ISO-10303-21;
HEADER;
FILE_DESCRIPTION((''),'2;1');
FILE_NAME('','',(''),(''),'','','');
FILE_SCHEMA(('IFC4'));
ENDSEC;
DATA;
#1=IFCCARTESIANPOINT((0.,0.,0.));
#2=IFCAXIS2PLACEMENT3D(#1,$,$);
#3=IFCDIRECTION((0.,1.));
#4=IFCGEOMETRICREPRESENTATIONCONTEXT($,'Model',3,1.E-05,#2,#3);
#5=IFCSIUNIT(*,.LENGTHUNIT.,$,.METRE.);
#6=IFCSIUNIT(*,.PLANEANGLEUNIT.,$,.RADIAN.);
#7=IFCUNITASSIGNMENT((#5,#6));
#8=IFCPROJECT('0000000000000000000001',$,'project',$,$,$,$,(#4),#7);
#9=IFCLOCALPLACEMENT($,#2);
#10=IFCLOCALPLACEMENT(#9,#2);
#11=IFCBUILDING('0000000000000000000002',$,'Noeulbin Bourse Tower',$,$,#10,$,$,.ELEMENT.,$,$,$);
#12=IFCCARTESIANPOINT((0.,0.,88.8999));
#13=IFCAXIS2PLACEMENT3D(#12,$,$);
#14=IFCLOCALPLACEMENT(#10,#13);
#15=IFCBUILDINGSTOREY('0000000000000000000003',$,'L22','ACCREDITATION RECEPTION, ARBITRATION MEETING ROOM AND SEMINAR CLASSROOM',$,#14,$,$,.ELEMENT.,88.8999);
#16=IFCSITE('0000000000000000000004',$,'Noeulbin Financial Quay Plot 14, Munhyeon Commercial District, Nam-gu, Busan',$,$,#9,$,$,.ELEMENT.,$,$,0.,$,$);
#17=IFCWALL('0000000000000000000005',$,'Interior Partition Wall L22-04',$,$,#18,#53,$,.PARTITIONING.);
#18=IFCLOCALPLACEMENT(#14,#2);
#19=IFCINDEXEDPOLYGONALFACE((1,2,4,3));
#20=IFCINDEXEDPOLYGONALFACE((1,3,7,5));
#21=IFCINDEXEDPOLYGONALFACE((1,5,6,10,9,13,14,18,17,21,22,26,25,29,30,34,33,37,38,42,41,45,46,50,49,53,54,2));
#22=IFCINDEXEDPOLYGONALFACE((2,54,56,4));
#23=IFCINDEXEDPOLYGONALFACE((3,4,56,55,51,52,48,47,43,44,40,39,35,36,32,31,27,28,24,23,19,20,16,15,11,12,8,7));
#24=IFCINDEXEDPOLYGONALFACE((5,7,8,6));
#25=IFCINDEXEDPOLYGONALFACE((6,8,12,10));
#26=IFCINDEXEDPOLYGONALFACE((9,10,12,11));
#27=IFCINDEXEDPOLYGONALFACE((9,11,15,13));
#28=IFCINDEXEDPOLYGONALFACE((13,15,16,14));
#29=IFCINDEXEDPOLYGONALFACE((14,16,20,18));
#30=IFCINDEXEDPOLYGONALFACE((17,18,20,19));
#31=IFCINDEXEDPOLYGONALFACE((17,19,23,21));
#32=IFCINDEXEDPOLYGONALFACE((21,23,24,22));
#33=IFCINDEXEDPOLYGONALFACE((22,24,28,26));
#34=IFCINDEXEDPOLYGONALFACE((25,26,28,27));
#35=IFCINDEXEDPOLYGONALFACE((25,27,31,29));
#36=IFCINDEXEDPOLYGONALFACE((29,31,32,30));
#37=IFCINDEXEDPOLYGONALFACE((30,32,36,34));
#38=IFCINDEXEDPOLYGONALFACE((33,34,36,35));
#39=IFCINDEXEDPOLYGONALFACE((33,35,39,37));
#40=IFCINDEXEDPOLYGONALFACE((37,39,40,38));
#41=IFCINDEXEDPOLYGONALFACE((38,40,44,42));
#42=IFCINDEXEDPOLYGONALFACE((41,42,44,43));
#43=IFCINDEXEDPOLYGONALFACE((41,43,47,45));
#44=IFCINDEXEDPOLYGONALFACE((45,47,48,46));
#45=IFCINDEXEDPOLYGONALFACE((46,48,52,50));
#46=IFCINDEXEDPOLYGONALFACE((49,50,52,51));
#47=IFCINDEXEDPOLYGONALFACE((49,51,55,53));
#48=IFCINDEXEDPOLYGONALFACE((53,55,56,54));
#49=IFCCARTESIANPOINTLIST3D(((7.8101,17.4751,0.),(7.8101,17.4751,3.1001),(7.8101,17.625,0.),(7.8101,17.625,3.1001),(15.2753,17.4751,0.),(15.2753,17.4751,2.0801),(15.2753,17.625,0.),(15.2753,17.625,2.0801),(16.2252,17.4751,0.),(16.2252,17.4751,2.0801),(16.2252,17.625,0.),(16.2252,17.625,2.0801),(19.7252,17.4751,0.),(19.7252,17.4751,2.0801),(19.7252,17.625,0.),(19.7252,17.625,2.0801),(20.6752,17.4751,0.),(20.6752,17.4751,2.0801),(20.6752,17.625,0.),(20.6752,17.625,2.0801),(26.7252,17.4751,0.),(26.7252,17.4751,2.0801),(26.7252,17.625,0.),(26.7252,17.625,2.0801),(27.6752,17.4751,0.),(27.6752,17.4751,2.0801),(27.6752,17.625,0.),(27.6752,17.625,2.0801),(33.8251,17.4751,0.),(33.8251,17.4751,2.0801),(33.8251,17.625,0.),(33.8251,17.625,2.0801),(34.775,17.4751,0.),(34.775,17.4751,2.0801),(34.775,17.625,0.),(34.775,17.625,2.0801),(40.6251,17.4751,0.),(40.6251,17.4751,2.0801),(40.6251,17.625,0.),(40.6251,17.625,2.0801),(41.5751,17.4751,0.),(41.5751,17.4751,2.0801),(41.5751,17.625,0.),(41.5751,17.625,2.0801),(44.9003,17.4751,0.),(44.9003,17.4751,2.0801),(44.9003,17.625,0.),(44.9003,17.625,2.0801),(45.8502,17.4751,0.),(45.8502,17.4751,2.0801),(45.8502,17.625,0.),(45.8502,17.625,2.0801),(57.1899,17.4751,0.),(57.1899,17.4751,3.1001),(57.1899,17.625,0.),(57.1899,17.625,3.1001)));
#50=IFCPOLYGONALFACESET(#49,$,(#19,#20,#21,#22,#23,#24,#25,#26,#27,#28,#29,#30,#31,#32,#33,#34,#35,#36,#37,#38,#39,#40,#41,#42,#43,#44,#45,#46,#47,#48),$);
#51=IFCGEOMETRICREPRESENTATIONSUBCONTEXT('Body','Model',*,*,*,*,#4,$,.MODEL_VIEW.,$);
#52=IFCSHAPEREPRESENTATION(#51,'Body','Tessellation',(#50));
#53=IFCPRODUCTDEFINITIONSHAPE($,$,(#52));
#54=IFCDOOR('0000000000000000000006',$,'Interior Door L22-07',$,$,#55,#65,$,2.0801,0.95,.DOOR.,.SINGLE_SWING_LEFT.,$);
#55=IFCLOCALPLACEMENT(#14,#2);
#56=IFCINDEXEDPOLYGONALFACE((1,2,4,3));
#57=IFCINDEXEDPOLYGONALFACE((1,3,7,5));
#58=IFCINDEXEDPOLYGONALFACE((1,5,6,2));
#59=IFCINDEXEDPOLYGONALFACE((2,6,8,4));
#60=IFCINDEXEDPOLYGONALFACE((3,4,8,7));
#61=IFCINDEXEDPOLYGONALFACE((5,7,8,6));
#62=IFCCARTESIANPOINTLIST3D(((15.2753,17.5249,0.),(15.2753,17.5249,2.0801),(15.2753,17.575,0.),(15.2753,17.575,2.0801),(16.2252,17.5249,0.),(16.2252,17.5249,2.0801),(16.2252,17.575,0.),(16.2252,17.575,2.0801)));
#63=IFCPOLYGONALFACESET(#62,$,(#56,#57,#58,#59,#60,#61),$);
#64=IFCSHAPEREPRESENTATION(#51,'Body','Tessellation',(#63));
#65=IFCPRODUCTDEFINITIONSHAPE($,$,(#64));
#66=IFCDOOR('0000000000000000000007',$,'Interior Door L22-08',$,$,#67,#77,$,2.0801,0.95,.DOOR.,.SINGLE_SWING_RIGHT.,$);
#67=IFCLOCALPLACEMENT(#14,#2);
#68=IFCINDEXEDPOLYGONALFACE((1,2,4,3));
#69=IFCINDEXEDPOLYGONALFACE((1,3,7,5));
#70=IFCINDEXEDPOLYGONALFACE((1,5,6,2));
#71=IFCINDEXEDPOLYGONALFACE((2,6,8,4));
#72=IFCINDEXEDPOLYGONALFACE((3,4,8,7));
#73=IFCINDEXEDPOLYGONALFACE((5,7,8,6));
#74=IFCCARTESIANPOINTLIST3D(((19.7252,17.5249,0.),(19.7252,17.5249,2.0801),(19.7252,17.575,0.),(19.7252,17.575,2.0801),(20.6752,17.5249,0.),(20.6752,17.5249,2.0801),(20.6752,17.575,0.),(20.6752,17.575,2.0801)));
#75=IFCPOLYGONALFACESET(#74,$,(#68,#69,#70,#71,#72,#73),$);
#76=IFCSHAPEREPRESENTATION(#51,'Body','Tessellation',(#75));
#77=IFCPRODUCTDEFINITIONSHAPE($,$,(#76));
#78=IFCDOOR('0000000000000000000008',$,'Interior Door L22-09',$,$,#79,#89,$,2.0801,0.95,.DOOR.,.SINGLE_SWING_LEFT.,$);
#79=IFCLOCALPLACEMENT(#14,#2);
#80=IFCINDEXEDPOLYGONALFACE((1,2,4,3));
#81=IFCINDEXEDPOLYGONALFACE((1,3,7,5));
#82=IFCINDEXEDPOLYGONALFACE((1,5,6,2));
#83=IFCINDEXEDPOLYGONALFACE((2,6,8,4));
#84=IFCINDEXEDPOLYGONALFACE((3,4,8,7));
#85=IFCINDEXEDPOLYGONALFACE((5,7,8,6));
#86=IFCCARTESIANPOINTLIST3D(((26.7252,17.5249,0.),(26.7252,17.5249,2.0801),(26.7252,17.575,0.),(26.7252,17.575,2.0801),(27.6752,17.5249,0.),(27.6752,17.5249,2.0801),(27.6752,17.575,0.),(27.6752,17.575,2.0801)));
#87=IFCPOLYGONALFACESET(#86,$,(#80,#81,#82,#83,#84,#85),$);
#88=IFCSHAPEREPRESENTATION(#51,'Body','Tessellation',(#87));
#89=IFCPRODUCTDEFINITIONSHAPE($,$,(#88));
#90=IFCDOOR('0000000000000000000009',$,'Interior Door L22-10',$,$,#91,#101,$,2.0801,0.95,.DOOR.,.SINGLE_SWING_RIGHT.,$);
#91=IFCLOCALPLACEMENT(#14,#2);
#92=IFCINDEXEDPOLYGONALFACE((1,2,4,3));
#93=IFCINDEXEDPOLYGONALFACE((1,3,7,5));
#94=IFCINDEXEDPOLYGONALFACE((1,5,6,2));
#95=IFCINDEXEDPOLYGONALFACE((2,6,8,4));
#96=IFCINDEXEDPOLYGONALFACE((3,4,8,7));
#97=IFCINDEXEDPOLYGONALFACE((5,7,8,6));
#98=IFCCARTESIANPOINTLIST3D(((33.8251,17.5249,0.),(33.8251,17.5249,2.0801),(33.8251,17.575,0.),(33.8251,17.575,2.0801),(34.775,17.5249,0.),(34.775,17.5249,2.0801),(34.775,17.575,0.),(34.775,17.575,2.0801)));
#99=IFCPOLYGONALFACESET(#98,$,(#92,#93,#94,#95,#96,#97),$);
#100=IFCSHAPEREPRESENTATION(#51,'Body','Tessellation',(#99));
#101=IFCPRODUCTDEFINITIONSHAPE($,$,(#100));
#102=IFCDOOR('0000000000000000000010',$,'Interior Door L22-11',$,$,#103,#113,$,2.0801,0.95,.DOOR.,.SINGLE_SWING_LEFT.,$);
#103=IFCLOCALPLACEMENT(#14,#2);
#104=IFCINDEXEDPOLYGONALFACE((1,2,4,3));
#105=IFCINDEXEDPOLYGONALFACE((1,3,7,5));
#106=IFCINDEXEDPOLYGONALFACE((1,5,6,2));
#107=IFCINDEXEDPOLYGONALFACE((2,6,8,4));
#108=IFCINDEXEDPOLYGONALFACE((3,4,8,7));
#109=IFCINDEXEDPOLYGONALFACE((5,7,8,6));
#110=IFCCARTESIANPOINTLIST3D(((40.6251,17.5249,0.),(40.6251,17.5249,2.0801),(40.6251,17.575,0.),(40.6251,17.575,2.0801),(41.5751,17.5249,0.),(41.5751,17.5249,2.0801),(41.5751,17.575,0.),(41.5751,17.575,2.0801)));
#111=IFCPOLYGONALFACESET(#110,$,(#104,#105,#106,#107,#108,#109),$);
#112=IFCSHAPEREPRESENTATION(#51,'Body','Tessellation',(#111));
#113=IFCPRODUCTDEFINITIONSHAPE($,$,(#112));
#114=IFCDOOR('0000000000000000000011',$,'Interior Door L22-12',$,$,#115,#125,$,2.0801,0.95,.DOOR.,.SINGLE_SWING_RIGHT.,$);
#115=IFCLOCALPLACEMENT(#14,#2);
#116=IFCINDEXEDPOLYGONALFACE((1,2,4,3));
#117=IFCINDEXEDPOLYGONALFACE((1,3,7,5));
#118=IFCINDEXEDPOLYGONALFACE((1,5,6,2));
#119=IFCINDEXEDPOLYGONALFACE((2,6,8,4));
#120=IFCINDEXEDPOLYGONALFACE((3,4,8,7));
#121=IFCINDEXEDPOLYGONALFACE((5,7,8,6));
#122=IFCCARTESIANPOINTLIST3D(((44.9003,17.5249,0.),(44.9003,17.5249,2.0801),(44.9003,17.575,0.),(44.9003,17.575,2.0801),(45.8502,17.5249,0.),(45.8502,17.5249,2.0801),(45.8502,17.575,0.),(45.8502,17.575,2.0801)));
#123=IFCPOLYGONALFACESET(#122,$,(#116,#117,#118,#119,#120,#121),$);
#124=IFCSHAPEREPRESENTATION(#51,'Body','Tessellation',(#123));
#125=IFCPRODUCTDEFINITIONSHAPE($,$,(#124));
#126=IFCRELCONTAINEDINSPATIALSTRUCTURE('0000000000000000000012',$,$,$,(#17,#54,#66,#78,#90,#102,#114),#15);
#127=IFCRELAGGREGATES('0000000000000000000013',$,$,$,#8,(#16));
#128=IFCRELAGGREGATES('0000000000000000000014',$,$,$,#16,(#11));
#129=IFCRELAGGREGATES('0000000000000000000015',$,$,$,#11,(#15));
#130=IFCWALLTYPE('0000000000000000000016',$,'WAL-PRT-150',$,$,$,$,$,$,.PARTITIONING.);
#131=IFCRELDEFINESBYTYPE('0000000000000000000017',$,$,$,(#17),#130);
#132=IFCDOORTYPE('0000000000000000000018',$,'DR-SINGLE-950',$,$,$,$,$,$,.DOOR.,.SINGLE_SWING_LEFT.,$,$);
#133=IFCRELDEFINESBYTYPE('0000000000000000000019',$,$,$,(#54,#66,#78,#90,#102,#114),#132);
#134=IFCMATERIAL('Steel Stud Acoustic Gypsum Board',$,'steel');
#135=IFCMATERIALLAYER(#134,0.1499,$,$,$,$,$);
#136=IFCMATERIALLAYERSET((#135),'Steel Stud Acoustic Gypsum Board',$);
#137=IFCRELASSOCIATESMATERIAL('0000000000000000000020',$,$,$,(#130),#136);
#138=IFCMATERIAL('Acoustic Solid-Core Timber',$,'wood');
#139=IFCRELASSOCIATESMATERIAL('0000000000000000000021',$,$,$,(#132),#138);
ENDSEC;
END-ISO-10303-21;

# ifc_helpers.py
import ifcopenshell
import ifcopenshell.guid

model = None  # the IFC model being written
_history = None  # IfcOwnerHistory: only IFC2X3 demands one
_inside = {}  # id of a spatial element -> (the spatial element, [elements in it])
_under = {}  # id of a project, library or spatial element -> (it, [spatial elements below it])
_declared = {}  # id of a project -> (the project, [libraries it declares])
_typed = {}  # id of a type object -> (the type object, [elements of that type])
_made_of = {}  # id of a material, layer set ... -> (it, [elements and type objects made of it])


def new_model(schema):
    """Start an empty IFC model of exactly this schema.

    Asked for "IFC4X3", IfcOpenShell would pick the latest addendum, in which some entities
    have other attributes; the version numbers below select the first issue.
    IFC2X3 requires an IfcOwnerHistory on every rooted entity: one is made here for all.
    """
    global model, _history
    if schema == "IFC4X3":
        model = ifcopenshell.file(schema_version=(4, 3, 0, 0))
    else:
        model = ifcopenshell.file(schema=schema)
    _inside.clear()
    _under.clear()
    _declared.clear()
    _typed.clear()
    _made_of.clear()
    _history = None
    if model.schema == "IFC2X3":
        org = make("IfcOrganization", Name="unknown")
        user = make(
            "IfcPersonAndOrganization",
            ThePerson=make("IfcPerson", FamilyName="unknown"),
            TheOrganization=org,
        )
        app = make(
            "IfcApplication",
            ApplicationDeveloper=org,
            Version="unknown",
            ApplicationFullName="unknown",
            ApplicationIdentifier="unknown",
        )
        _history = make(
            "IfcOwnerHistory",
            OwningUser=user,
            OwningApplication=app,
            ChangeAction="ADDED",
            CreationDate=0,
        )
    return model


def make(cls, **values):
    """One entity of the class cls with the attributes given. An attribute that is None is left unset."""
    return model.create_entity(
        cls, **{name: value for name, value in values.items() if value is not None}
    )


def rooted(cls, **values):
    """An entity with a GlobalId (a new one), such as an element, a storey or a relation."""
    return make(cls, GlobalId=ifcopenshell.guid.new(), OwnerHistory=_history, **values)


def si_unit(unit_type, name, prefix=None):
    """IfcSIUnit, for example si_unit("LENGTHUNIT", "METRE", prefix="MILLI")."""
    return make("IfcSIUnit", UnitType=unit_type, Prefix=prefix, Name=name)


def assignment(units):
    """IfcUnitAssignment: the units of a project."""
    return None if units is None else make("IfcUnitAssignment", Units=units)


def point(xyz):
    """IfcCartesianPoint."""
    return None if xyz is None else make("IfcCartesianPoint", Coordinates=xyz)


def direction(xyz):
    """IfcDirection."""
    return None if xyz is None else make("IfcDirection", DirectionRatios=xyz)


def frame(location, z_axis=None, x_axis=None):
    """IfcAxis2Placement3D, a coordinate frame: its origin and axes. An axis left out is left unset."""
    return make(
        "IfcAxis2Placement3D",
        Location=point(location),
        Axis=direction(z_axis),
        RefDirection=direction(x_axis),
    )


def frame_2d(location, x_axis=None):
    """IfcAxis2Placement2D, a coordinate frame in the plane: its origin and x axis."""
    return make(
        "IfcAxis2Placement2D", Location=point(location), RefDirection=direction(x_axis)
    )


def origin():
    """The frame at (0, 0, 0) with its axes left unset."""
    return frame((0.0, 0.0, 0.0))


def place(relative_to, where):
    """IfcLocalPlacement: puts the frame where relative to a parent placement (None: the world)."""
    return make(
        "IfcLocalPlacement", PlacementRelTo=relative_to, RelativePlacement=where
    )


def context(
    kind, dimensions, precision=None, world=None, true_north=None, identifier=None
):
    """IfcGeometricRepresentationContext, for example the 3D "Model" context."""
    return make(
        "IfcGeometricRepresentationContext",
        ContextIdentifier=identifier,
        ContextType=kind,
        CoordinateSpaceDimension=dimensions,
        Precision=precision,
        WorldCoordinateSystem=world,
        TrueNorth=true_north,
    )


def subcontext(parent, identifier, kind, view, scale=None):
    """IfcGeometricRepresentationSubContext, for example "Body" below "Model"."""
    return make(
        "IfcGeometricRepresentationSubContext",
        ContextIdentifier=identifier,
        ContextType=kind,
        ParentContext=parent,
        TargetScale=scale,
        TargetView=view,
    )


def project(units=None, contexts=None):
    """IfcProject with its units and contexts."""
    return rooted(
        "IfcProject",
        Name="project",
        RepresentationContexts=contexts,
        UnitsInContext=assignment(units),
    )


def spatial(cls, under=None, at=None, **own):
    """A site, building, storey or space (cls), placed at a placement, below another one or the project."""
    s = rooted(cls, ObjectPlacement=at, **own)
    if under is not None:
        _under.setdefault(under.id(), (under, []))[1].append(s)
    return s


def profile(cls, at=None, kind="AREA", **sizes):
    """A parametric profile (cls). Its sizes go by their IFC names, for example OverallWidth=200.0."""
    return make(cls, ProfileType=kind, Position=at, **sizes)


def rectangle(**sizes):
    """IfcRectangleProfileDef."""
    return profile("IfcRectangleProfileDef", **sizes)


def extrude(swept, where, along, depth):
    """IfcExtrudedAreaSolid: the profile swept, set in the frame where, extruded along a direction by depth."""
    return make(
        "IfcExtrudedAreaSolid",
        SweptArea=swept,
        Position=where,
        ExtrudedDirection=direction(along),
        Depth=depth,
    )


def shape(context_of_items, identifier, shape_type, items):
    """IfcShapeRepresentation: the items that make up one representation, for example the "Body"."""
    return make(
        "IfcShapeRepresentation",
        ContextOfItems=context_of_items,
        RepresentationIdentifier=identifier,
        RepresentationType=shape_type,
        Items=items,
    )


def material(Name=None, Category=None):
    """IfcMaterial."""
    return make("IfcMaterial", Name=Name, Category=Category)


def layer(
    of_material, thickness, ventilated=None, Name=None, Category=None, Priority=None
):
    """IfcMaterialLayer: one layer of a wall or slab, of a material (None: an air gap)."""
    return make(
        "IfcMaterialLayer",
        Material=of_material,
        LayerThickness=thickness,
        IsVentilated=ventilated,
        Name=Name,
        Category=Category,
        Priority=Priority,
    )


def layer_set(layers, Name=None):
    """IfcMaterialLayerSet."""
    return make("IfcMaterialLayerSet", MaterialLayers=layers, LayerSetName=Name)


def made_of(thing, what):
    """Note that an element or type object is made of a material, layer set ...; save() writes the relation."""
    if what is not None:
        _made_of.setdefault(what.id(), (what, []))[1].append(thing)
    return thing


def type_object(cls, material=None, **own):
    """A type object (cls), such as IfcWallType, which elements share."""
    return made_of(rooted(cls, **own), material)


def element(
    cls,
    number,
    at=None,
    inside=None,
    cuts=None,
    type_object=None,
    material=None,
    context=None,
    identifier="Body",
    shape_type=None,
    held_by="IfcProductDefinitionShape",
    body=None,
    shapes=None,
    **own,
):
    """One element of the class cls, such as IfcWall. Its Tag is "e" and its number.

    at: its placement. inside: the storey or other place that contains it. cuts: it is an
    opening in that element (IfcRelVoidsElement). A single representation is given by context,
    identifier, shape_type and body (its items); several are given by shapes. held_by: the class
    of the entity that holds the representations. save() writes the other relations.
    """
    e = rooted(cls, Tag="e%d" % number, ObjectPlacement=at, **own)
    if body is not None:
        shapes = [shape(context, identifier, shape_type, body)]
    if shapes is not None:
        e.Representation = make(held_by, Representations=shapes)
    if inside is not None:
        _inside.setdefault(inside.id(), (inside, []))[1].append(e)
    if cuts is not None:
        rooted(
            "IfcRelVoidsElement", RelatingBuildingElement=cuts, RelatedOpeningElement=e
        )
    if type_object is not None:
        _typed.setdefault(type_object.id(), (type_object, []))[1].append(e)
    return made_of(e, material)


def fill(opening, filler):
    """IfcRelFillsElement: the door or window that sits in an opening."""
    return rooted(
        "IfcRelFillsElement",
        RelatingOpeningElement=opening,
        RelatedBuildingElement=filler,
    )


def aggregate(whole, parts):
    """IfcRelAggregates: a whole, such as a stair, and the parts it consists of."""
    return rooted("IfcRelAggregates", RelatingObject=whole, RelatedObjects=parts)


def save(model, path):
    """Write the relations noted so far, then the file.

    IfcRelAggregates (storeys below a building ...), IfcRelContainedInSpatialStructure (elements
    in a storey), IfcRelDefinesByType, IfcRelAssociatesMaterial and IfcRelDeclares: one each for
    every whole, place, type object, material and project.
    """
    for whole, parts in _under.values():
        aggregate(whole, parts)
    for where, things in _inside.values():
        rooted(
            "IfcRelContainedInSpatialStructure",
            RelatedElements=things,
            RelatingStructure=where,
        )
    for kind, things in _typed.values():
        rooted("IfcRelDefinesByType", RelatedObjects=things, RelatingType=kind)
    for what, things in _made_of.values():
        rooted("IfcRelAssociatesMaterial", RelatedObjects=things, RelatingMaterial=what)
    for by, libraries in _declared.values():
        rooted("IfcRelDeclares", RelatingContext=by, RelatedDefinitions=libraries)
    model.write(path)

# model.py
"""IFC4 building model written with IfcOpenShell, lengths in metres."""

from ifc_helpers import new_model, si_unit, direction, frame, frame_2d, origin, place, context, subcontext, project, spatial, rectangle, extrude, material, layer, layer_set, type_object, element, fill, save


model = new_model("IFC4")

# Units and contexts
model_context = context("Model", 3, precision=1e-05, world=origin(), true_north=direction((0.0, 1.0)))
body_context = subcontext(model_context, "Body", "Model", "MODEL_VIEW")
ifc_project = project(units=[si_unit("LENGTHUNIT", "METRE"), si_unit("PLANEANGLEUNIT", "RADIAN")], contexts=[model_context])

# Site, building, storey
site_placement = place(None, origin())
site = spatial("IfcSite", under=ifc_project, at=site_placement, Name="Noeulbin Financial Quay Plot 14, Munhyeon Commercial District, Nam-gu, Busan", CompositionType="ELEMENT", RefElevation=0.0)
building_placement = place(site_placement, origin())
building = spatial("IfcBuilding", under=site, at=building_placement, Name="Noeulbin Bourse Tower", CompositionType="ELEMENT")
storey_placement = place(building_placement, frame((0.0, 0.0, 88.8999)))
storey = spatial("IfcBuildingStorey", under=building, at=storey_placement, Name="L22", Description="ACCREDITATION RECEPTION, ARBITRATION MEETING ROOM AND SEMINAR CLASSROOM", CompositionType="ELEMENT", Elevation=88.8999)

# Wall, openings, doors
ifc_material_1 = material(Name="Steel Stud Acoustic Gypsum Board", Category="steel")
ifc_layer_1 = layer(ifc_material_1, 0.1499)
ifc_layer_set_1 = layer_set([ifc_layer_1], Name="Steel Stud Acoustic Gypsum Board")
wall_type = type_object("IfcWallType", Name="WAL-PRT-150", PredefinedType="PARTITIONING", material=ifc_layer_set_1)
wall_1_placement = place(storey_placement, frame((7.8101, 17.55, 0.0), z_axis=(0.0, 0.0, 1.0), x_axis=(1.0, 0.0, 0.0)))
wall_1 = element("IfcWall", 1, at=wall_1_placement, inside=storey, type_object=wall_type, Name="Interior Partition Wall L22-04", PredefinedType="PARTITIONING", context=body_context, shape_type="SweptSolid", body=[
    extrude(rectangle(XDim=49.3799, YDim=0.1499, at=frame_2d((24.6899, 0.0))), origin(), (0.0, 0.0, 1.0), 3.1001),
])
opening_1_placement = place(wall_1_placement, frame((7.4651, 0.0, 0.0)))
opening_1 = element("IfcOpeningElement", 2, at=opening_1_placement, cuts=wall_1, PredefinedType="OPENING", context=body_context, shape_type="SweptSolid", body=[
    extrude(rectangle(XDim=0.95, YDim=2.0801, at=frame_2d((0.4751, 1.04))), frame((0.0, 0.085, 0.0), z_axis=(0.0, -1.0, 0.0), x_axis=(1.0, 0.0, 0.0)), (0.0, 0.0, 1.0), 0.1699),
])
opening_2_placement = place(wall_1_placement, frame((11.915, 0.0, 0.0)))
opening_2 = element("IfcOpeningElement", 3, at=opening_2_placement, cuts=wall_1, PredefinedType="OPENING", context=body_context, shape_type="SweptSolid", body=[
    extrude(rectangle(XDim=0.95, YDim=2.0801, at=frame_2d((0.4751, 1.04))), frame((0.0, 0.085, 0.0), z_axis=(0.0, -1.0, 0.0), x_axis=(1.0, 0.0, 0.0)), (0.0, 0.0, 1.0), 0.1699),
])
opening_3_placement = place(wall_1_placement, frame((18.915, 0.0, 0.0)))
opening_3 = element("IfcOpeningElement", 4, at=opening_3_placement, cuts=wall_1, PredefinedType="OPENING", context=body_context, shape_type="SweptSolid", body=[
    extrude(rectangle(XDim=0.95, YDim=2.0801, at=frame_2d((0.4751, 1.04))), frame((0.0, 0.085, 0.0), z_axis=(0.0, -1.0, 0.0), x_axis=(1.0, 0.0, 0.0)), (0.0, 0.0, 1.0), 0.1699),
])
opening_4_placement = place(wall_1_placement, frame((26.0149, 0.0, 0.0)))
opening_4 = element("IfcOpeningElement", 5, at=opening_4_placement, cuts=wall_1, PredefinedType="OPENING", context=body_context, shape_type="SweptSolid", body=[
    extrude(rectangle(XDim=0.95, YDim=2.0801, at=frame_2d((0.4751, 1.04))), frame((0.0, 0.085, 0.0), z_axis=(0.0, -1.0, 0.0), x_axis=(1.0, 0.0, 0.0)), (0.0, 0.0, 1.0), 0.1699),
])
opening_5_placement = place(wall_1_placement, frame((32.8149, 0.0, 0.0)))
opening_5 = element("IfcOpeningElement", 6, at=opening_5_placement, cuts=wall_1, PredefinedType="OPENING", context=body_context, shape_type="SweptSolid", body=[
    extrude(rectangle(XDim=0.95, YDim=2.0801, at=frame_2d((0.4751, 1.04))), frame((0.0, 0.085, 0.0), z_axis=(0.0, -1.0, 0.0), x_axis=(1.0, 0.0, 0.0)), (0.0, 0.0, 1.0), 0.1699),
])
opening_6_placement = place(wall_1_placement, frame((37.0901, 0.0, 0.0)))
opening_6 = element("IfcOpeningElement", 7, at=opening_6_placement, cuts=wall_1, PredefinedType="OPENING", context=body_context, shape_type="SweptSolid", body=[
    extrude(rectangle(XDim=0.95, YDim=2.0801, at=frame_2d((0.4751, 1.04))), frame((0.0, 0.085, 0.0), z_axis=(0.0, -1.0, 0.0), x_axis=(1.0, 0.0, 0.0)), (0.0, 0.0, 1.0), 0.1699),
])
ifc_material_2 = material(Name="Acoustic Solid-Core Timber", Category="wood")
door_type = type_object("IfcDoorType", Name="DR-SINGLE-950", OperationType="SINGLE_SWING_LEFT", PredefinedType="DOOR", material=ifc_material_2)
door_1_placement = place(opening_1_placement, origin())
door_1 = element("IfcDoor", 8, at=door_1_placement, inside=storey, type_object=door_type, Name="Interior Door L22-07", OperationType="SINGLE_SWING_LEFT", OverallHeight=2.0801, OverallWidth=0.95, PredefinedType="DOOR", context=body_context, shape_type="SweptSolid", body=[
    extrude(rectangle(XDim=0.95, YDim=2.0801, at=frame_2d((0.4751, 1.04))), frame((0.0, 0.0249, 0.0), z_axis=(0.0, -1.0, 0.0), x_axis=(1.0, 0.0, 0.0)), (0.0, 0.0, 1.0), 0.05),
])
fill(opening_1, door_1)
door_2_placement = place(opening_2_placement, origin())
door_2 = element("IfcDoor", 9, at=door_2_placement, inside=storey, type_object=door_type, Name="Interior Door L22-08", OperationType="SINGLE_SWING_RIGHT", OverallHeight=2.0801, OverallWidth=0.95, PredefinedType="DOOR", context=body_context, shape_type="SweptSolid", body=[
    extrude(rectangle(XDim=0.95, YDim=2.0801, at=frame_2d((0.4751, 1.04))), frame((0.0, 0.0249, 0.0), z_axis=(0.0, -1.0, 0.0), x_axis=(1.0, 0.0, 0.0)), (0.0, 0.0, 1.0), 0.05),
])
fill(opening_2, door_2)
door_3_placement = place(opening_3_placement, origin())
door_3 = element("IfcDoor", 10, at=door_3_placement, inside=storey, type_object=door_type, Name="Interior Door L22-09", OperationType="SINGLE_SWING_LEFT", OverallHeight=2.0801, OverallWidth=0.95, PredefinedType="DOOR", context=body_context, shape_type="SweptSolid", body=[
    extrude(rectangle(XDim=0.95, YDim=2.0801, at=frame_2d((0.4751, 1.04))), frame((0.0, 0.0249, 0.0), z_axis=(0.0, -1.0, 0.0), x_axis=(1.0, 0.0, 0.0)), (0.0, 0.0, 1.0), 0.05),
])
fill(opening_3, door_3)
door_4_placement = place(opening_4_placement, origin())
door_4 = element("IfcDoor", 11, at=door_4_placement, inside=storey, type_object=door_type, Name="Interior Door L22-10", OperationType="SINGLE_SWING_RIGHT", OverallHeight=2.0801, OverallWidth=0.95, PredefinedType="DOOR", context=body_context, shape_type="SweptSolid", body=[
    extrude(rectangle(XDim=0.95, YDim=2.0801, at=frame_2d((0.4751, 1.04))), frame((0.0, 0.0249, 0.0), z_axis=(0.0, -1.0, 0.0), x_axis=(1.0, 0.0, 0.0)), (0.0, 0.0, 1.0), 0.05),
])
fill(opening_4, door_4)
door_5_placement = place(opening_5_placement, origin())
door_5 = element("IfcDoor", 12, at=door_5_placement, inside=storey, type_object=door_type, Name="Interior Door L22-11", OperationType="SINGLE_SWING_LEFT", OverallHeight=2.0801, OverallWidth=0.95, PredefinedType="DOOR", context=body_context, shape_type="SweptSolid", body=[
    extrude(rectangle(XDim=0.95, YDim=2.0801, at=frame_2d((0.4751, 1.04))), frame((0.0, 0.0249, 0.0), z_axis=(0.0, -1.0, 0.0), x_axis=(1.0, 0.0, 0.0)), (0.0, 0.0, 1.0), 0.05),
])
fill(opening_5, door_5)
door_6_placement = place(opening_6_placement, origin())
door_6 = element("IfcDoor", 13, at=door_6_placement, inside=storey, type_object=door_type, Name="Interior Door L22-12", OperationType="SINGLE_SWING_RIGHT", OverallHeight=2.0801, OverallWidth=0.95, PredefinedType="DOOR", context=body_context, shape_type="SweptSolid", body=[
    extrude(rectangle(XDim=0.95, YDim=2.0801, at=frame_2d((0.4751, 1.04))), frame((0.0, 0.0249, 0.0), z_axis=(0.0, -1.0, 0.0), x_axis=(1.0, 0.0, 0.0)), (0.0, 0.0, 1.0), 0.05),
])
fill(opening_6, door_6)

save(model, "model.ifc")
